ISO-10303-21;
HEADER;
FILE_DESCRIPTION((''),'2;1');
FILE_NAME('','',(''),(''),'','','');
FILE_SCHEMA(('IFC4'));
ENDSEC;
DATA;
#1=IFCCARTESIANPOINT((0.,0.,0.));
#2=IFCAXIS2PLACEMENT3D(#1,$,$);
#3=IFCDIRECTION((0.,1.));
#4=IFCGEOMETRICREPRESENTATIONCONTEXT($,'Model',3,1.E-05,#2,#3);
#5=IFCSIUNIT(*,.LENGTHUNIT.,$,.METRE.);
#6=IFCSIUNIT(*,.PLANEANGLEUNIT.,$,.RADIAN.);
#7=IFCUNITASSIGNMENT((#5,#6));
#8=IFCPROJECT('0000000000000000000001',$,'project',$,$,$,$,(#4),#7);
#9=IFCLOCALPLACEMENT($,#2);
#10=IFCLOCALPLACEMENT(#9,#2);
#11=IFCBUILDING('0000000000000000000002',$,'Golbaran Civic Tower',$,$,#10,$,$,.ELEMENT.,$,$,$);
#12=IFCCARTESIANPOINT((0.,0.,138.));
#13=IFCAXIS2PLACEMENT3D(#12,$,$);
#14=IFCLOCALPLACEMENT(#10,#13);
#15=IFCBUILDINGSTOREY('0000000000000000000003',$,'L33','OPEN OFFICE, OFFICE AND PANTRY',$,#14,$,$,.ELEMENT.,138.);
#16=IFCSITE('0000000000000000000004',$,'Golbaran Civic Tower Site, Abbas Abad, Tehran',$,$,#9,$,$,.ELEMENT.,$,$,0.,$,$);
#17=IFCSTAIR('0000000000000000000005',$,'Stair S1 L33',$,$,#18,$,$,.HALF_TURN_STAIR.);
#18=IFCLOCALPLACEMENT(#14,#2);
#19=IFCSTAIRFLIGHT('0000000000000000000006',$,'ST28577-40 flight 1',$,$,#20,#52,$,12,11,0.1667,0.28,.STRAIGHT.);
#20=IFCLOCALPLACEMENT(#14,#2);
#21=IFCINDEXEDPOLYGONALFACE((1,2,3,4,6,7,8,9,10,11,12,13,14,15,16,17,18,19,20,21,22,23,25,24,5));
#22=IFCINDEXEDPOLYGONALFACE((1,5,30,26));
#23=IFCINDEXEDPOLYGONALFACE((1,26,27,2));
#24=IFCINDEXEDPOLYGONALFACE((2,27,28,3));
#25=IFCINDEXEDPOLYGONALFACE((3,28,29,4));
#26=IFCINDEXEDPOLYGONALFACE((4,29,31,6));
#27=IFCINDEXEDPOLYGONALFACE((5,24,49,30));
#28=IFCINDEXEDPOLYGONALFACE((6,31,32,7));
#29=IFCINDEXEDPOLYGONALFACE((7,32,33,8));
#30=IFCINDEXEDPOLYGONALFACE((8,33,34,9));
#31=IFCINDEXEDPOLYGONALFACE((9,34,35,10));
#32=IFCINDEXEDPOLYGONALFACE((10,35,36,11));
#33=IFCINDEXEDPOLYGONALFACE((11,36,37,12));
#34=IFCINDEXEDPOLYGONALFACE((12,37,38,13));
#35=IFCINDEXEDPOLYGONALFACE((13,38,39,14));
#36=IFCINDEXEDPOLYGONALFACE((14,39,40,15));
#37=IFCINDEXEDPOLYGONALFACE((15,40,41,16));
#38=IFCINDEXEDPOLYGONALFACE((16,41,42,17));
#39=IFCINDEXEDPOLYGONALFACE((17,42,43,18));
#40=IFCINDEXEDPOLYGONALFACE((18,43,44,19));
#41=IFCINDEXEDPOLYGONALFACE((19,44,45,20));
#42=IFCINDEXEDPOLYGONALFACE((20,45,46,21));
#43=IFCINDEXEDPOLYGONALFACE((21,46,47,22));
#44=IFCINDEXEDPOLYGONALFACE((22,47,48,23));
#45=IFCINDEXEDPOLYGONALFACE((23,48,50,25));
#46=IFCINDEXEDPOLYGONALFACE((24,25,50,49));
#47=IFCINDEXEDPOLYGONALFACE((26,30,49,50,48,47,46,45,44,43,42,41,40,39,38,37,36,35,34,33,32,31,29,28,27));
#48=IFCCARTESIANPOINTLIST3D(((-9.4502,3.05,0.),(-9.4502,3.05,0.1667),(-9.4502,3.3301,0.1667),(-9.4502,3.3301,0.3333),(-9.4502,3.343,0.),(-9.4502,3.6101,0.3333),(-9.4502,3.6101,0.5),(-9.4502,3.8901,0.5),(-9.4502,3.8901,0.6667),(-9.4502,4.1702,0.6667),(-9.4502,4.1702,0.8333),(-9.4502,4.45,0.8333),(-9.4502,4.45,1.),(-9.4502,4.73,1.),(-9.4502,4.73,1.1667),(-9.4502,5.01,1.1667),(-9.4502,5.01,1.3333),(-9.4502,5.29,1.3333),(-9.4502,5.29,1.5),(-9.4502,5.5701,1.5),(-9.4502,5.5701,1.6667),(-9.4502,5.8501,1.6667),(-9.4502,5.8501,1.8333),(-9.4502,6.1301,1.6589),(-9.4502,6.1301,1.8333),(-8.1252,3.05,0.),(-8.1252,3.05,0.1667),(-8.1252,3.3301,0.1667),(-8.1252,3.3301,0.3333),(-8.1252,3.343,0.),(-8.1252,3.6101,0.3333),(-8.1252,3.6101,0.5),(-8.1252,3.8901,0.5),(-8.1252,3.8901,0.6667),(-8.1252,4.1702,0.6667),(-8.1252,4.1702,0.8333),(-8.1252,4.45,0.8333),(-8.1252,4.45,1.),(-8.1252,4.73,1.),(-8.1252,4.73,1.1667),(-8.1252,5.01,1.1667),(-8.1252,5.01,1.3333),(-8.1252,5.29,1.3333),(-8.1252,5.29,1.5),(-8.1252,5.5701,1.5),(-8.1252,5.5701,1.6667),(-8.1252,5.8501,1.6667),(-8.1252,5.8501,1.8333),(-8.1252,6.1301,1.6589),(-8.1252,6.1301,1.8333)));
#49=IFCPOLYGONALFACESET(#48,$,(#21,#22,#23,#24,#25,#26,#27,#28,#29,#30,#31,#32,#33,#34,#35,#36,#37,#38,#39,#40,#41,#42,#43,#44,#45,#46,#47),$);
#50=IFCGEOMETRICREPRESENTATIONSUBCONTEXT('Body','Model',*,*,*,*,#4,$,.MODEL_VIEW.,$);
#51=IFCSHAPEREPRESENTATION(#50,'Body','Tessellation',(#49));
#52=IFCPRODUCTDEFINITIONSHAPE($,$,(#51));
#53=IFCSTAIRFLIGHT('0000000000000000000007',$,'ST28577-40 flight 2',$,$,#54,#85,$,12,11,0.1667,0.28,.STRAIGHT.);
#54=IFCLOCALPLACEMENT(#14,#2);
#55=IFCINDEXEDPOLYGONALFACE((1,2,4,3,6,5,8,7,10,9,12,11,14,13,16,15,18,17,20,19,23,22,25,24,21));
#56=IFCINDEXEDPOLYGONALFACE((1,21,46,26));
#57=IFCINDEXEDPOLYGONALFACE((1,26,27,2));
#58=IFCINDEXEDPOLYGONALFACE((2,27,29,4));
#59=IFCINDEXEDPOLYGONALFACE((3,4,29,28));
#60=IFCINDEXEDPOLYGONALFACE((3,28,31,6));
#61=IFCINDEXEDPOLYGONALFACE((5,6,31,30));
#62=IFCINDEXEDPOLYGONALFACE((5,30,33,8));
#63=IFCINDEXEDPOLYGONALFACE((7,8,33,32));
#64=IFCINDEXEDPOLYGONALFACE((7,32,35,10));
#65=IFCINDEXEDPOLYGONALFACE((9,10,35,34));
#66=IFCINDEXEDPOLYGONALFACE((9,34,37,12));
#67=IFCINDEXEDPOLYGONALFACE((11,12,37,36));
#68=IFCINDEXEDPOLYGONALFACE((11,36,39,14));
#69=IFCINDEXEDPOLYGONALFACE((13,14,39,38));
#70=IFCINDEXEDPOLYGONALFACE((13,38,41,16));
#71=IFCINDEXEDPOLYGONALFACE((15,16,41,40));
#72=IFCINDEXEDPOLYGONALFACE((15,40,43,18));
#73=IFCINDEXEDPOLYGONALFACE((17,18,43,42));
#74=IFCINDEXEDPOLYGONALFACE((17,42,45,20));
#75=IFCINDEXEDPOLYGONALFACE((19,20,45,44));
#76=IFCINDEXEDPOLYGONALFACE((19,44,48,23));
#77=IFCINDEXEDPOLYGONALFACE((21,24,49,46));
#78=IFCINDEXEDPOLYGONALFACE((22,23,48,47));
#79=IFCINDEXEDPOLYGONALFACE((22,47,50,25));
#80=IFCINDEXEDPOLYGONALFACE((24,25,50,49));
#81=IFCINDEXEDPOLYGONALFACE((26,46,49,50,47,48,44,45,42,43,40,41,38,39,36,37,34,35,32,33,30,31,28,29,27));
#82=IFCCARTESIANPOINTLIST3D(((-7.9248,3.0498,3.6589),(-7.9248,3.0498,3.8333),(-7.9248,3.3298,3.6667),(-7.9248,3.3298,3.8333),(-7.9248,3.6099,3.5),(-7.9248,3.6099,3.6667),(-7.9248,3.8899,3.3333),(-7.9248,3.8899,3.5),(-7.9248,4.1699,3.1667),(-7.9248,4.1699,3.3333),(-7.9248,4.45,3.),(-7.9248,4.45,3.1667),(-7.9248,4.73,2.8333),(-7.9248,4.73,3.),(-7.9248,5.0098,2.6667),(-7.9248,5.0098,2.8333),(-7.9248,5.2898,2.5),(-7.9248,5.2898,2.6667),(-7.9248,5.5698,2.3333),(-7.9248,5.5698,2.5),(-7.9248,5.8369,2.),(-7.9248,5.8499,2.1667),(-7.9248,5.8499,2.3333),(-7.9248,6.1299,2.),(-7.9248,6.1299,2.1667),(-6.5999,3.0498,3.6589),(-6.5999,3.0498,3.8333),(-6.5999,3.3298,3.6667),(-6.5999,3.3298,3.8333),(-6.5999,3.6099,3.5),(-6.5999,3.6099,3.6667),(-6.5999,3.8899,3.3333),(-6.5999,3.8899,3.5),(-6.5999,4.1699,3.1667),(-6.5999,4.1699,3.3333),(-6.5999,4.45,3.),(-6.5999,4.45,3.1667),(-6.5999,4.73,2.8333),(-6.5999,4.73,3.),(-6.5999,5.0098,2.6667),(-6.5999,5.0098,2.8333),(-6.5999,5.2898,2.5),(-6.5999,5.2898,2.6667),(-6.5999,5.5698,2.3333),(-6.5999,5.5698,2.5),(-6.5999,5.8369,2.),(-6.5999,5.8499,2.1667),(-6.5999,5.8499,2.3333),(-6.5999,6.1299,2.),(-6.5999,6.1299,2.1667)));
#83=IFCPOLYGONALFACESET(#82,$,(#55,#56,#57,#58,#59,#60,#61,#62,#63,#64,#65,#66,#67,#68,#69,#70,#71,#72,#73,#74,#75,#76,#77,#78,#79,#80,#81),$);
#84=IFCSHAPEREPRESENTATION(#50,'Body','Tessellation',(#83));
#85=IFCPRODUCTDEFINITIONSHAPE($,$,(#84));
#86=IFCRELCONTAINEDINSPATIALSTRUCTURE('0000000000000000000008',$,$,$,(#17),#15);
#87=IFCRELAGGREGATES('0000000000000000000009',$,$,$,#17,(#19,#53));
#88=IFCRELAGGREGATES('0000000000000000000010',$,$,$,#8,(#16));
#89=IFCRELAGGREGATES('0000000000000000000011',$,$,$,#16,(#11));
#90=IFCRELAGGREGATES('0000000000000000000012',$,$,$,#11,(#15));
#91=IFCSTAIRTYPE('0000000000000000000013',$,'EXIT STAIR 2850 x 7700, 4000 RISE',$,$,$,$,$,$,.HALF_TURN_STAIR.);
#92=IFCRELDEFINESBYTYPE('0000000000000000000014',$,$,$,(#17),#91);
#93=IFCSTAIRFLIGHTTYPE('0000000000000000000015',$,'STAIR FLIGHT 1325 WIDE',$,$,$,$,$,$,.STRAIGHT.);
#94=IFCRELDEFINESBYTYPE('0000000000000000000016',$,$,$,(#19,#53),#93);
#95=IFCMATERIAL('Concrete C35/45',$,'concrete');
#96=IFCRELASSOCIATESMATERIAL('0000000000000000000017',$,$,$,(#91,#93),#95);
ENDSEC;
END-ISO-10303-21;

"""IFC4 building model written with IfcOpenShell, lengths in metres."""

from ifc_helpers import new_model, si_unit, direction, frame, origin, place, context, subcontext, project, spatial, polyline, outline, extrude, material, type_object, element, aggregate, save


model = new_model("IFC4")

# Units and contexts
model_context = context("Model", 3, precision=1e-05, world=origin(), true_north=direction((0.0, 1.0)))
body_context = subcontext(model_context, "Body", "Model", "MODEL_VIEW")
ifc_project = project(units=[si_unit("LENGTHUNIT", "METRE"), si_unit("PLANEANGLEUNIT", "RADIAN")], contexts=[model_context])

# Site, building, storey
site_placement = place(None, origin())
site = spatial("IfcSite", under=ifc_project, at=site_placement, Name="Golbaran Civic Tower Site, Abbas Abad, Tehran", CompositionType="ELEMENT", RefElevation=0.0)
building_placement = place(site_placement, origin())
building = spatial("IfcBuilding", under=site, at=building_placement, Name="Golbaran Civic Tower", CompositionType="ELEMENT")
storey_placement = place(building_placement, frame((0.0, 0.0, 138.0)))
storey = spatial("IfcBuildingStorey", under=building, at=storey_placement, Name="L33", Description="OPEN OFFICE, OFFICE AND PANTRY", CompositionType="ELEMENT", Elevation=138.0)

# Shared definitions
ifc_material_1 = material(Name="Concrete C35/45", Category="concrete")

# Stair
stair_type = type_object("IfcStairType", Name="EXIT STAIR 2850 x 7700, 4000 RISE", PredefinedType="HALF_TURN_STAIR", material=ifc_material_1)
stair_placement = place(storey_placement, origin())
stair = element("IfcStair", 1, at=stair_placement, inside=storey, type_object=stair_type, Name="Stair S1 L33", PredefinedType="HALF_TURN_STAIR")

# Stair flights
stair_flight_type = type_object("IfcStairFlightType", Name="STAIR FLIGHT 1325 WIDE", PredefinedType="STRAIGHT", material=ifc_material_1)
stair_flight_1_placement = place(storey_placement, frame((-8.7876, 3.05, 0.0), z_axis=(0.0, 0.0, 1.0), x_axis=(0.0, 1.0, 0.0)))
stair_flight_1 = element("IfcStairFlight", 2, at=stair_flight_1_placement, type_object=stair_flight_type, Name="ST28577-40 flight 1", NumberOfRisers=12, NumberOfTreads=11, PredefinedType="STRAIGHT", RiserHeight=0.1667, TreadLength=0.28, context=body_context, shape_type="SweptSolid", body=[
    extrude(outline(polyline([(0.0, 0.0), (0.0, 0.1667), (0.28, 0.1667), (0.28, 0.3333), (0.5601, 0.3333), (0.5601, 0.5), (0.8401, 0.5), (0.8401, 0.6667), (1.1201, 0.6667), (1.1201, 0.8333), (1.3999, 0.8333), (1.3999, 1.0), (1.6799, 1.0), (1.6799, 1.1667), (1.96, 1.1667), (1.96, 1.3333), (2.24, 1.3333), (2.24, 1.5), (2.52, 1.5), (2.52, 1.6667), (2.8, 1.6667), (2.8, 1.8333), (3.0801, 1.8333), (3.0801, 2.0), (3.0801, 1.6589), (0.293, 0.0), (0.0, 0.0)])), frame((0.0, 0.6626, 0.0), z_axis=(0.0, -1.0, 0.0), x_axis=(1.0, 0.0, 0.0)), (0.0, 0.0, 1.0), 1.325),
])
stair_flight_2_placement = place(storey_placement, frame((-7.2625, 6.1299, 2.0), z_axis=(0.0, 0.0, 1.0), x_axis=(0.0, -1.0, 0.0)))
stair_flight_2 = element("IfcStairFlight", 3, at=stair_flight_2_placement, type_object=stair_flight_type, Name="ST28577-40 flight 2", NumberOfRisers=12, NumberOfTreads=11, PredefinedType="STRAIGHT", RiserHeight=0.1667, TreadLength=0.28, context=body_context, shape_type="SweptSolid", body=[
    extrude(outline(polyline([(0.0, 0.0), (0.0, 0.1667), (0.28, 0.1667), (0.28, 0.3333), (0.5601, 0.3333), (0.5601, 0.5), (0.8401, 0.5), (0.8401, 0.6667), (1.1201, 0.6667), (1.1201, 0.8333), (1.3999, 0.8333), (1.3999, 1.0), (1.6799, 1.0), (1.6799, 1.1667), (1.96, 1.1667), (1.96, 1.3333), (2.24, 1.3333), (2.24, 1.5), (2.52, 1.5), (2.52, 1.6667), (2.8, 1.6667), (2.8, 1.8333), (3.0801, 1.8333), (3.0801, 2.0), (3.0801, 1.6589), (0.293, 0.0), (0.0, 0.0)])), frame((0.0, 0.6626, 0.0), z_axis=(0.0, -1.0, 0.0), x_axis=(1.0, 0.0, 0.0)), (0.0, 0.0, 1.0), 1.325),
])
aggregate(stair, [stair_flight_1, stair_flight_2])

save(model, "model.ifc")
